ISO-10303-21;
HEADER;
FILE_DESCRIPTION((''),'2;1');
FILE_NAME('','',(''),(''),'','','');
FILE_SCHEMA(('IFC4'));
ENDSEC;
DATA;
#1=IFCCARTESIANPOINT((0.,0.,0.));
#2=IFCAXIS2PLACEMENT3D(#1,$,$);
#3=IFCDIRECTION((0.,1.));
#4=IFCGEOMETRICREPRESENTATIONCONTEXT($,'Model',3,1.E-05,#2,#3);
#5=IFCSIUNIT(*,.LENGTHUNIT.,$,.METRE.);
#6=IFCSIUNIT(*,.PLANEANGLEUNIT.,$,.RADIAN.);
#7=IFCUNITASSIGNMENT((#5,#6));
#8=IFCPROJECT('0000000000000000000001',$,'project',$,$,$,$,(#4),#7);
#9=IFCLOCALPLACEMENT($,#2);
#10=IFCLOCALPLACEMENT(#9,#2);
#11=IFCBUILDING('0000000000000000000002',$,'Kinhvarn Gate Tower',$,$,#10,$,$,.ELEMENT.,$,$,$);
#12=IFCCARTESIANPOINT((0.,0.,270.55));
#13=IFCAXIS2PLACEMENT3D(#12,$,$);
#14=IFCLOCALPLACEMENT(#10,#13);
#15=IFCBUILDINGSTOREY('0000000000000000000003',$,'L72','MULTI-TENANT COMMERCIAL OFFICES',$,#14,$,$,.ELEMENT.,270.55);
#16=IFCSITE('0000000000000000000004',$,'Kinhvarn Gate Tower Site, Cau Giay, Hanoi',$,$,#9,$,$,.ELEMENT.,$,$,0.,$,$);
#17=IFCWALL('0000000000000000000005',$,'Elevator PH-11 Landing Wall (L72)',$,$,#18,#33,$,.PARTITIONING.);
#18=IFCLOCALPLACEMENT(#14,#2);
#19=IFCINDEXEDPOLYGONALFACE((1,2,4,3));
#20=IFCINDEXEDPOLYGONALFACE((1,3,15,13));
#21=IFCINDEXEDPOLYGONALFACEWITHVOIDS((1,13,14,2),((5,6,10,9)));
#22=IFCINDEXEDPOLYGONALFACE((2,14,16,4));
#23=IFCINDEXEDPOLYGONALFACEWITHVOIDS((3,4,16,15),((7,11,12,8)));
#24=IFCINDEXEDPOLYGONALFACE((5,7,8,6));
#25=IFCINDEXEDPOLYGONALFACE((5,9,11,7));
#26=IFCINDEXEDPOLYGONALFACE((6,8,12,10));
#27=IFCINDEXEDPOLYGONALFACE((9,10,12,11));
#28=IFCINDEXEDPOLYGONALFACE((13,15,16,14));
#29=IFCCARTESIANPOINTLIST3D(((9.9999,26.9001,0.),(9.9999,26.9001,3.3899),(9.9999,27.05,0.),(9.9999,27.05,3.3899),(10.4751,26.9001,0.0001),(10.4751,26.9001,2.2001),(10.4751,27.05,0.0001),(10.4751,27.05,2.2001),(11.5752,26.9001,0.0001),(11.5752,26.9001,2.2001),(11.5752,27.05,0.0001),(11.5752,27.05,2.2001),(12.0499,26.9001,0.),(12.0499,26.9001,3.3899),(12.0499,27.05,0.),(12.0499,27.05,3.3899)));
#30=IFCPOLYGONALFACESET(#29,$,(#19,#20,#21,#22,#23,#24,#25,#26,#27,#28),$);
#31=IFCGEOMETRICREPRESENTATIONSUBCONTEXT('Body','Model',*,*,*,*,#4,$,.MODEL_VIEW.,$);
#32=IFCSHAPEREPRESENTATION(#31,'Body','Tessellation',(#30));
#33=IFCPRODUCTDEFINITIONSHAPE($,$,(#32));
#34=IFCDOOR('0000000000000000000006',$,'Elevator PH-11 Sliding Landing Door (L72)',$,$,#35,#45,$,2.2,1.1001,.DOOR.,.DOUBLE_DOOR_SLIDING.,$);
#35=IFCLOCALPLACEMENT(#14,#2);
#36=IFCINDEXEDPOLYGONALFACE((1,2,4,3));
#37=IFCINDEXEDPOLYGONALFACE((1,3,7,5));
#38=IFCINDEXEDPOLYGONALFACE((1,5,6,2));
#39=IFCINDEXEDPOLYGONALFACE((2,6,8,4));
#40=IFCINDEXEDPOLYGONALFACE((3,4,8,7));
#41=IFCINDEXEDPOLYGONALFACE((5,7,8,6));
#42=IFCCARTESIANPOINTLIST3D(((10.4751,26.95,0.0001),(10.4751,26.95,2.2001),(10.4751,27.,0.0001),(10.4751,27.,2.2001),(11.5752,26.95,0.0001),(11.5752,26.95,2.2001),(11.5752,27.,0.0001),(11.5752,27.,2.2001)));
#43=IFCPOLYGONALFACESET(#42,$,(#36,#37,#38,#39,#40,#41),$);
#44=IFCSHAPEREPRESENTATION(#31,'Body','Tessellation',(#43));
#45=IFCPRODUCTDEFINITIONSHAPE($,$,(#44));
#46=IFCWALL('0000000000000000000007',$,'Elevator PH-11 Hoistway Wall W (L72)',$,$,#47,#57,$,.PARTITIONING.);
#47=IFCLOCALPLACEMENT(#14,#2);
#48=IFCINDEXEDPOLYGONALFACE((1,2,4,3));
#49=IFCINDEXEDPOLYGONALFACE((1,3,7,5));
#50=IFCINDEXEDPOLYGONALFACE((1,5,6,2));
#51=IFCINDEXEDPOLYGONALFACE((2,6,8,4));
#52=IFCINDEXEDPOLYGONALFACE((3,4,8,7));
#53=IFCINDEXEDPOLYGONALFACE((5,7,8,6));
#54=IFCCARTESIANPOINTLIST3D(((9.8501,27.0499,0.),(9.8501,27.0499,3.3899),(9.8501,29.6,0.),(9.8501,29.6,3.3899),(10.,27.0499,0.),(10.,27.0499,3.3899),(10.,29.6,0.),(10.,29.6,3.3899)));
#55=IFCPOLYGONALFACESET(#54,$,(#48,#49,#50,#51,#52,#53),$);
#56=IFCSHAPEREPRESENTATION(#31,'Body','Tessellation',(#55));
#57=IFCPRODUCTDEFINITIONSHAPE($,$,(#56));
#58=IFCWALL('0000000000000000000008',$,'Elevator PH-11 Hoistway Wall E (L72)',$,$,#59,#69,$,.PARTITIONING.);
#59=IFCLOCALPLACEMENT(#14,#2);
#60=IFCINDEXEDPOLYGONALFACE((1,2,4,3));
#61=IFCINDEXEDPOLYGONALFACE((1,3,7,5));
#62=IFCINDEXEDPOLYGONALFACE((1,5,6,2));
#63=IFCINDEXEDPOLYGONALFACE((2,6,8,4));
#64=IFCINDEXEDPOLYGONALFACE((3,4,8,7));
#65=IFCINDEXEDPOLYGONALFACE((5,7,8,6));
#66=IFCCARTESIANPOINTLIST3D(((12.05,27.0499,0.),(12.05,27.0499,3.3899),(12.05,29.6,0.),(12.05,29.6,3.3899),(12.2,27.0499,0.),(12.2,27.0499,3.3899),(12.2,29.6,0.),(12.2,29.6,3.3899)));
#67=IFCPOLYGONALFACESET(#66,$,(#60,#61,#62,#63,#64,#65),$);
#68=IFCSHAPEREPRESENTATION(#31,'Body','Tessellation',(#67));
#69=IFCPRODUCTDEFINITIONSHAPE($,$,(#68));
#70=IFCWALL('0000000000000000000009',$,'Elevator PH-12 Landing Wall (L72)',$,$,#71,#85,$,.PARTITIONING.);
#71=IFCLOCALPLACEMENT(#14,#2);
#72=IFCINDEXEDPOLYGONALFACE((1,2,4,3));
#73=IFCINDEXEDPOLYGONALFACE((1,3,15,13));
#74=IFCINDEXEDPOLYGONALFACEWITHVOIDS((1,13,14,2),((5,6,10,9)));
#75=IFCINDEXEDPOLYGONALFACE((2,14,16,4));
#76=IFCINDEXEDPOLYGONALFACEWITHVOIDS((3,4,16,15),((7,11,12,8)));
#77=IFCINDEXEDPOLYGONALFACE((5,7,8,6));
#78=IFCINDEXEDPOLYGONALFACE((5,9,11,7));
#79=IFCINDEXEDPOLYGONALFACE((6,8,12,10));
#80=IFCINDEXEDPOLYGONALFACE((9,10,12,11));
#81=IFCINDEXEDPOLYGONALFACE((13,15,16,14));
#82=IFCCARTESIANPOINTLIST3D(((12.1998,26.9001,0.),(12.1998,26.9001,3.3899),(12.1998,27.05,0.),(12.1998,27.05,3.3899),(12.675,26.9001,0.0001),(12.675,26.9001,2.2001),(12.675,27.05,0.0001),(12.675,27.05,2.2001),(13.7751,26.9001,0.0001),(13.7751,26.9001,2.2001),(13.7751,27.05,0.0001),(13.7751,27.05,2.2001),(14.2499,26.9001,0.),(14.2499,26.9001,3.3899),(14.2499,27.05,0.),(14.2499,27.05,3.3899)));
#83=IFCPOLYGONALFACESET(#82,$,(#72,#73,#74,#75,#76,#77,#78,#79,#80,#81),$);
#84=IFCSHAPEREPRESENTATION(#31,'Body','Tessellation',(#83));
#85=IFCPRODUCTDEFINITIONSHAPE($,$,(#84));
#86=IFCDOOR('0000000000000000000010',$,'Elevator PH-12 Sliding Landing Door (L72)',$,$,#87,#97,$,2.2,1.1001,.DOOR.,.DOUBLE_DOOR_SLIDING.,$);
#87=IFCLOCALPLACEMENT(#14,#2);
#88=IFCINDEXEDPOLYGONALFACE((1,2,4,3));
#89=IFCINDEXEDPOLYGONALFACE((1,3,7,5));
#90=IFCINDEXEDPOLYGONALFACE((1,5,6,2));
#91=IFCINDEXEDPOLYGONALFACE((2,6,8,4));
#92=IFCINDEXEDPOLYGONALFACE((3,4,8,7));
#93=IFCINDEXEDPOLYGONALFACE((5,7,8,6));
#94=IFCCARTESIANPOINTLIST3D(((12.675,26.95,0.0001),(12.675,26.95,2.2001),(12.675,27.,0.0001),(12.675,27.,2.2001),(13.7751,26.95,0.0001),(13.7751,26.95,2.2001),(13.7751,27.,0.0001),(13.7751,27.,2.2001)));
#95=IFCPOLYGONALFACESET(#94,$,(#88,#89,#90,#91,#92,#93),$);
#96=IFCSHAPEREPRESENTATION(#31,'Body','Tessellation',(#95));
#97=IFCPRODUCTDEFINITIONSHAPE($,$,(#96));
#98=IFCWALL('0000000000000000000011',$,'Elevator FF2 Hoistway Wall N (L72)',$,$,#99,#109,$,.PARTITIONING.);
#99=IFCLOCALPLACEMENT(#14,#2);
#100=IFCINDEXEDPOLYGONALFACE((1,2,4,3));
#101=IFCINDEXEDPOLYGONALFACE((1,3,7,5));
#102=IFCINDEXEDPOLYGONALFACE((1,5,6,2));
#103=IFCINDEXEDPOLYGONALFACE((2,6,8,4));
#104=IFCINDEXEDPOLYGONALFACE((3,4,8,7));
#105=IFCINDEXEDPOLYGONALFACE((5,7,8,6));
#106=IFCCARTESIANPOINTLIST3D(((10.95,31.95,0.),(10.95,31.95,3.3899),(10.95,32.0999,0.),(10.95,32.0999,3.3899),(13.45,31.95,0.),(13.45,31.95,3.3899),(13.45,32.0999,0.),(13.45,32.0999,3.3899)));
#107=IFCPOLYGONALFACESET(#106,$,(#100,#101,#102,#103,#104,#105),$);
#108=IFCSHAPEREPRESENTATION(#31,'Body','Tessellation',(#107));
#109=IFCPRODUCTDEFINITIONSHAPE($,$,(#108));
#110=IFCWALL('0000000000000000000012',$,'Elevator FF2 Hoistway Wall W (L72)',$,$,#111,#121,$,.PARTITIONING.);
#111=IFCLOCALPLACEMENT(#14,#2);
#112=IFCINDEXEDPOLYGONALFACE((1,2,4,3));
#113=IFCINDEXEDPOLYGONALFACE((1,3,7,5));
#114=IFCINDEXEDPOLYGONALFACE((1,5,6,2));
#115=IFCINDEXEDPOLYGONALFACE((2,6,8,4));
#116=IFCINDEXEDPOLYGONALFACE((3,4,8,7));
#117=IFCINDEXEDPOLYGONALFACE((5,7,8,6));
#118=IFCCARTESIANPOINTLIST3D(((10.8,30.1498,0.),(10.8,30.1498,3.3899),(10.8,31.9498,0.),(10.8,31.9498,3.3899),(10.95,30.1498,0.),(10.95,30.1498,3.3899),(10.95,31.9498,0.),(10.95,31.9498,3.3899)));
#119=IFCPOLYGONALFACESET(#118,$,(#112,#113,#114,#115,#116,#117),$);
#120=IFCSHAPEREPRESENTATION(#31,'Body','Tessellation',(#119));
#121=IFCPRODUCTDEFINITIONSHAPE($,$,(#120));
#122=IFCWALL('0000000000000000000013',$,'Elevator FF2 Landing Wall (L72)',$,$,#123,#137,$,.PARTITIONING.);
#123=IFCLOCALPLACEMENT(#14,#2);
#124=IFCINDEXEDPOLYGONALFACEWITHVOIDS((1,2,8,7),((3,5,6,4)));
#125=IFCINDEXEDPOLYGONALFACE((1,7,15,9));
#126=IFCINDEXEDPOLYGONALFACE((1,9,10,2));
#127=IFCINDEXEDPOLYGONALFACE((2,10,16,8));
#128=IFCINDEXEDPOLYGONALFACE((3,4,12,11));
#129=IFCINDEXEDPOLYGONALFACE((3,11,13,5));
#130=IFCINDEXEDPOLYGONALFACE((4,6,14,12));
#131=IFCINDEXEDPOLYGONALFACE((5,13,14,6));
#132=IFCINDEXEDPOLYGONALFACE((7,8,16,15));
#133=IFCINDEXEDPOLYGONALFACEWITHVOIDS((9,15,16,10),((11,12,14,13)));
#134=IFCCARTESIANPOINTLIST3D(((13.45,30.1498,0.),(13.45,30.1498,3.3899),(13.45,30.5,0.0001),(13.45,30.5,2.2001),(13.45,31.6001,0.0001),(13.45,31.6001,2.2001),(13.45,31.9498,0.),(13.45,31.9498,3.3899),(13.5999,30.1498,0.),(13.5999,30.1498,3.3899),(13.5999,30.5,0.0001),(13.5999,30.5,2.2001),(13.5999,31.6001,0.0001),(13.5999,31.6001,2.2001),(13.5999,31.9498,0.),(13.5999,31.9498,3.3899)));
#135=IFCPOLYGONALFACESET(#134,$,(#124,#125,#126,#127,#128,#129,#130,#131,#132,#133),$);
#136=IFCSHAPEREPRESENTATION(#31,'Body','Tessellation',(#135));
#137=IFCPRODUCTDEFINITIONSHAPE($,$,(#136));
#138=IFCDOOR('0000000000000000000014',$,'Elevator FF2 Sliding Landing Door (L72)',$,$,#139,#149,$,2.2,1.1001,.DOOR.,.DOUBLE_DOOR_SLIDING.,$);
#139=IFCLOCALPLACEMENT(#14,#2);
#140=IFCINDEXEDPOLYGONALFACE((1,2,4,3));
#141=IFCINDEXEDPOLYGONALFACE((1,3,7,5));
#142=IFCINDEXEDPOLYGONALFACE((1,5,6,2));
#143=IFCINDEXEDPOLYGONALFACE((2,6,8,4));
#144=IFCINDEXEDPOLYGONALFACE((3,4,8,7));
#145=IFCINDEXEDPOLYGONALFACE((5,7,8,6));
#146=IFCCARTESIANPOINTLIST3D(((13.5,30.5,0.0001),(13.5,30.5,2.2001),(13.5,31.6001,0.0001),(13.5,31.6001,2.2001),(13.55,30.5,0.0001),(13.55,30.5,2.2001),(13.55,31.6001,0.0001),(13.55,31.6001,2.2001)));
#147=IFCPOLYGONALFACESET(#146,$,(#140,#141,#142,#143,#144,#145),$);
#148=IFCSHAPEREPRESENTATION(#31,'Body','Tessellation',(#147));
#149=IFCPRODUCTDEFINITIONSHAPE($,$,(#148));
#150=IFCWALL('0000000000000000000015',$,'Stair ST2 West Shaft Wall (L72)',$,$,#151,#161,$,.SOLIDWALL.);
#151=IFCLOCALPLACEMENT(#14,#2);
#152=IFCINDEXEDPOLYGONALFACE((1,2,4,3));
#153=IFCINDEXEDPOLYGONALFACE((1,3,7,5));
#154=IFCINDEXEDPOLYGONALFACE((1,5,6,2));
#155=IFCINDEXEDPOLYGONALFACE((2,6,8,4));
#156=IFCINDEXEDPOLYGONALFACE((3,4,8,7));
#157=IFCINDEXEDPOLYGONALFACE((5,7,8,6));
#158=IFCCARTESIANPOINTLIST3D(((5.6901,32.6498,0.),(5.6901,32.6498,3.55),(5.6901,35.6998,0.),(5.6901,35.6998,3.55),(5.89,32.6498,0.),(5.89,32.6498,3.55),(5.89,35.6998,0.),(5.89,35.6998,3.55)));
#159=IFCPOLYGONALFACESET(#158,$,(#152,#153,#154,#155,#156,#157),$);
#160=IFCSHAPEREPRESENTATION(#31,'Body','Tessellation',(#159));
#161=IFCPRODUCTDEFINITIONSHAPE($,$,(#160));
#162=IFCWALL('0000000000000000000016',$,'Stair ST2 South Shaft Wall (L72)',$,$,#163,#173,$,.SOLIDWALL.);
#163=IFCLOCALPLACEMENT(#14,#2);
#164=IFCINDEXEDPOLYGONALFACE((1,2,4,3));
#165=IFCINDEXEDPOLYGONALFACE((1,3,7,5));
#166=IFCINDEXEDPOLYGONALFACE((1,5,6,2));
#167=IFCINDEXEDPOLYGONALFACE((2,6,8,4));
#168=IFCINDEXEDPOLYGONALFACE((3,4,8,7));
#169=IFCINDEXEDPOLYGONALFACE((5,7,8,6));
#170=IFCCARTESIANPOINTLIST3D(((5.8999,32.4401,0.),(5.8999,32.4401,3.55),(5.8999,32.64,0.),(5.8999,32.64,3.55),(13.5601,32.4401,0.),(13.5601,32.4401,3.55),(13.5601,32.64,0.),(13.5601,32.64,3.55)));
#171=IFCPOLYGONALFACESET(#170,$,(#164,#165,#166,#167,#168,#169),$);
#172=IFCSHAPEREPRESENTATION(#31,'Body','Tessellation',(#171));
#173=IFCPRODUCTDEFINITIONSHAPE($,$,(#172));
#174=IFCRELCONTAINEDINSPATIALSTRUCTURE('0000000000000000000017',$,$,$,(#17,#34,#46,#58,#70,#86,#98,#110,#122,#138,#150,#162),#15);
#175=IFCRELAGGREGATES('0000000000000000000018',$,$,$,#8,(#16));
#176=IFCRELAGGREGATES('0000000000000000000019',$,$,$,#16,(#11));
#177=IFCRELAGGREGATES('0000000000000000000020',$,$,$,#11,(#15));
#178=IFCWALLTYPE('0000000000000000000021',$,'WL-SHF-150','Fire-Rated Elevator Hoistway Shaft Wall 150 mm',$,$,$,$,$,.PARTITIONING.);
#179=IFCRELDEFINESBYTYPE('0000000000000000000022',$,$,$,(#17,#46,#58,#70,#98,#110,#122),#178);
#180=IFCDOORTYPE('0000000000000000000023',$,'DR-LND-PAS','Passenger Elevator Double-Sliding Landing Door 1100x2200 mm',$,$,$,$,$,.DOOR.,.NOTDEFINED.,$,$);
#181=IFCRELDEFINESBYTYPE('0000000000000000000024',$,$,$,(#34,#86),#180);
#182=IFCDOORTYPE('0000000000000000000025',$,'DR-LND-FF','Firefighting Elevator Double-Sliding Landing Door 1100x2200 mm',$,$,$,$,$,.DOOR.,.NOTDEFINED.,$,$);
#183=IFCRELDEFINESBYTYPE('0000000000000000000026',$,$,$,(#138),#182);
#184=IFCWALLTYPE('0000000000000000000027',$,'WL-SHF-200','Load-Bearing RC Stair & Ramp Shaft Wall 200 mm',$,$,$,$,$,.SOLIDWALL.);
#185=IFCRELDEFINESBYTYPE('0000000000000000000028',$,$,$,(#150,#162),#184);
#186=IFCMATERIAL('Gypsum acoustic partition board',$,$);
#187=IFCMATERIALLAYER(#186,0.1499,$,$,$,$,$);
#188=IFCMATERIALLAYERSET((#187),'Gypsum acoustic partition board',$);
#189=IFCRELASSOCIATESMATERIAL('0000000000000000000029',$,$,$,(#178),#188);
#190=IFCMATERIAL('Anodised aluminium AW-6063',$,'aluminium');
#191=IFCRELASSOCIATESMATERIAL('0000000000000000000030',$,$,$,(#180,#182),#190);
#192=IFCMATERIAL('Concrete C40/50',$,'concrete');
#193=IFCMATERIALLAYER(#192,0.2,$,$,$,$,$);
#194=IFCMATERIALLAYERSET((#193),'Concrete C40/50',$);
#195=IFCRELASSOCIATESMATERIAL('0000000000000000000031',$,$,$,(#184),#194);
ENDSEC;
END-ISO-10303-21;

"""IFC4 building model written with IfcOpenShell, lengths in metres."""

from ifc_helpers import new_model, si_unit, direction, frame, frame_2d, origin, place, context, subcontext, project, spatial, rectangle, extrude, material, layer, layer_set, type_object, element, fill, save


model = new_model("IFC4")

# Units and contexts
model_context = context("Model", 3, precision=1e-05, world=origin(), true_north=direction((0.0, 1.0)))
body_context = subcontext(model_context, "Body", "Model", "MODEL_VIEW")
ifc_project = project(units=[si_unit("LENGTHUNIT", "METRE"), si_unit("PLANEANGLEUNIT", "RADIAN")], contexts=[model_context])

# Site, building, storey
site_placement = place(None, origin())
site = spatial("IfcSite", under=ifc_project, at=site_placement, Name="Kinhvarn Gate Tower Site, Cau Giay, Hanoi", CompositionType="ELEMENT", RefElevation=0.0)
building_placement = place(site_placement, origin())
building = spatial("IfcBuilding", under=site, at=building_placement, Name="Kinhvarn Gate Tower", CompositionType="ELEMENT")
storey_placement = place(building_placement, frame((0.0, 0.0, 270.55)))
storey = spatial("IfcBuildingStorey", under=building, at=storey_placement, Name="L72", Description="MULTI-TENANT COMMERCIAL OFFICES", CompositionType="ELEMENT", Elevation=270.55)

# Shared definitions
ifc_material_1 = material(Name="Gypsum acoustic partition board")

# Shared definitions
ifc_material_2 = material(Name="Anodised aluminium AW-6063", Category="aluminium")

# Wall, opening, door
ifc_layer_1 = layer(ifc_material_1, 0.1499)
ifc_layer_set_1 = layer_set([ifc_layer_1], Name="Gypsum acoustic partition board")
wall_type_1 = type_object("IfcWallType", Name="WL-SHF-150", Description="Fire-Rated Elevator Hoistway Shaft Wall 150 mm", PredefinedType="PARTITIONING", material=ifc_layer_set_1)
door_type_1 = type_object("IfcDoorType", Name="DR-LND-PAS", Description="Passenger Elevator Double-Sliding Landing Door 1100x2200 mm", OperationType="NOTDEFINED", PredefinedType="DOOR", material=ifc_material_2)
wall_1_placement = place(storey_placement, frame((10.0, 26.9751, 0.0), z_axis=(0.0, 0.0, 1.0), x_axis=(1.0, 0.0, 0.0)))
wall_1 = element("IfcWall", 1, at=wall_1_placement, inside=storey, type_object=wall_type_1, Name="Elevator PH-11 Landing Wall (L72)", PredefinedType="PARTITIONING", context=body_context, shape_type="SweptSolid", body=[
    extrude(rectangle(XDim=2.05, YDim=0.1499, at=frame_2d((1.0249, 0.0))), origin(), (0.0, 0.0, 1.0), 3.3899),
])
opening_1_placement = place(wall_1_placement, frame((0.4751, 0.0, 0.0)))
opening_1 = element("IfcOpeningElement", 2, at=opening_1_placement, cuts=wall_1, PredefinedType="OPENING", context=body_context, shape_type="SweptSolid", body=[
    extrude(rectangle(XDim=1.1001, YDim=2.2, at=frame_2d((0.55, 1.1001))), frame((0.0, 0.085, 0.0), z_axis=(0.0, -1.0, 0.0), x_axis=(1.0, 0.0, 0.0)), (0.0, 0.0, 1.0), 0.1699),
])
door_1_placement = place(opening_1_placement, origin())
door_1 = element("IfcDoor", 3, at=door_1_placement, inside=storey, type_object=door_type_1, Name="Elevator PH-11 Sliding Landing Door (L72)", OperationType="DOUBLE_DOOR_SLIDING", OverallHeight=2.2, OverallWidth=1.1001, PredefinedType="DOOR", context=body_context, shape_type="SweptSolid", body=[
    extrude(rectangle(XDim=1.1001, YDim=2.2, at=frame_2d((0.55, 1.1001))), frame((0.0, 0.0249, 0.0), z_axis=(0.0, -1.0, 0.0), x_axis=(1.0, 0.0, 0.0)), (0.0, 0.0, 1.0), 0.05),
])
fill(opening_1, door_1)

# Walls
for number, where, z_axis, x_axis, name in (
    (4, (9.925, 27.05, 0.0), (0.0, 0.0, 1.0), (0.0, 1.0, 0.0), "Elevator PH-11 Hoistway Wall W (L72)"),
    (5, (12.125, 27.05, 0.0), (0.0, 0.0, 1.0), (0.0, 1.0, 0.0), "Elevator PH-11 Hoistway Wall E (L72)"),
):
    element("IfcWall", number, at=place(storey_placement, frame(where, z_axis=z_axis, x_axis=x_axis)), inside=storey, type_object=wall_type_1, Name=name, PredefinedType="PARTITIONING", context=body_context, shape_type="SweptSolid", body=[
        extrude(rectangle(XDim=2.55, YDim=0.1499, at=frame_2d((1.2749, 0.0))), origin(), (0.0, 0.0, 1.0), 3.3899),
    ])

# Wall, opening, door
wall_2_placement = place(storey_placement, frame((12.2, 26.9751, 0.0), z_axis=(0.0, 0.0, 1.0), x_axis=(1.0, 0.0, 0.0)))
wall_2 = element("IfcWall", 6, at=wall_2_placement, inside=storey, type_object=wall_type_1, Name="Elevator PH-12 Landing Wall (L72)", PredefinedType="PARTITIONING", context=body_context, shape_type="SweptSolid", body=[
    extrude(rectangle(XDim=2.05, YDim=0.1499, at=frame_2d((1.0249, 0.0))), origin(), (0.0, 0.0, 1.0), 3.3899),
])
opening_2_placement = place(wall_2_placement, frame((0.4751, 0.0, 0.0)))
opening_2 = element("IfcOpeningElement", 7, at=opening_2_placement, cuts=wall_2, PredefinedType="OPENING", context=body_context, shape_type="SweptSolid", body=[
    extrude(rectangle(XDim=1.1001, YDim=2.2, at=frame_2d((0.55, 1.1001))), frame((0.0, 0.085, 0.0), z_axis=(0.0, -1.0, 0.0), x_axis=(1.0, 0.0, 0.0)), (0.0, 0.0, 1.0), 0.1699),
])
door_2_placement = place(opening_2_placement, origin())
door_2 = element("IfcDoor", 8, at=door_2_placement, inside=storey, type_object=door_type_1, Name="Elevator PH-12 Sliding Landing Door (L72)", OperationType="DOUBLE_DOOR_SLIDING", OverallHeight=2.2, OverallWidth=1.1001, PredefinedType="DOOR", context=body_context, shape_type="SweptSolid", body=[
    extrude(rectangle(XDim=1.1001, YDim=2.2, at=frame_2d((0.55, 1.1001))), frame((0.0, 0.0249, 0.0), z_axis=(0.0, -1.0, 0.0), x_axis=(1.0, 0.0, 0.0)), (0.0, 0.0, 1.0), 0.05),
])
fill(opening_2, door_2)

# Walls
wall_3_placement = place(storey_placement, frame((10.95, 32.0249, 0.0), z_axis=(0.0, 0.0, 1.0), x_axis=(1.0, 0.0, 0.0)))
element("IfcWall", 9, at=wall_3_placement, inside=storey, type_object=wall_type_1, Name="Elevator FF2 Hoistway Wall N (L72)", PredefinedType="PARTITIONING", context=body_context, shape_type="SweptSolid", body=[
    extrude(rectangle(XDim=2.5, YDim=0.1499, at=frame_2d((1.25, 0.0))), origin(), (0.0, 0.0, 1.0), 3.3899),
])
wall_4_placement = place(storey_placement, frame((10.875, 30.1499, 0.0), z_axis=(0.0, 0.0, 1.0), x_axis=(0.0, 1.0, 0.0)))
element("IfcWall", 10, at=wall_4_placement, inside=storey, type_object=wall_type_1, Name="Elevator FF2 Hoistway Wall W (L72)", PredefinedType="PARTITIONING", context=body_context, shape_type="SweptSolid", body=[
    extrude(rectangle(XDim=1.8, YDim=0.1499, at=frame_2d((0.8999, 0.0))), origin(), (0.0, 0.0, 1.0), 3.3899),
])

# Wall, opening, door
wall_5_placement = place(storey_placement, frame((13.5249, 30.1499, 0.0), z_axis=(0.0, 0.0, 1.0), x_axis=(0.0, 1.0, 0.0)))
wall_5 = element("IfcWall", 11, at=wall_5_placement, inside=storey, type_object=wall_type_1, Name="Elevator FF2 Landing Wall (L72)", PredefinedType="PARTITIONING", context=body_context, shape_type="SweptSolid", body=[
    extrude(rectangle(XDim=1.8, YDim=0.1499, at=frame_2d((0.8999, 0.0))), origin(), (0.0, 0.0, 1.0), 3.3899),
])
opening_3_placement = place(wall_5_placement, frame((0.3501, 0.0, 0.0)))
opening_3 = element("IfcOpeningElement", 12, at=opening_3_placement, cuts=wall_5, PredefinedType="OPENING", context=body_context, shape_type="SweptSolid", body=[
    extrude(rectangle(XDim=1.1001, YDim=2.2, at=frame_2d((0.55, 1.1001))), frame((0.0, 0.085, 0.0), z_axis=(0.0, -1.0, 0.0), x_axis=(1.0, 0.0, 0.0)), (0.0, 0.0, 1.0), 0.1699),
])
door_type_2 = type_object("IfcDoorType", Name="DR-LND-FF", Description="Firefighting Elevator Double-Sliding Landing Door 1100x2200 mm", OperationType="NOTDEFINED", PredefinedType="DOOR", material=ifc_material_2)
door_3_placement = place(opening_3_placement, origin())
door_3 = element("IfcDoor", 13, at=door_3_placement, inside=storey, type_object=door_type_2, Name="Elevator FF2 Sliding Landing Door (L72)", OperationType="DOUBLE_DOOR_SLIDING", OverallHeight=2.2, OverallWidth=1.1001, PredefinedType="DOOR", context=body_context, shape_type="SweptSolid", body=[
    extrude(rectangle(XDim=1.1001, YDim=2.2, at=frame_2d((0.55, 1.1001))), frame((0.0, 0.0249, 0.0), z_axis=(0.0, -1.0, 0.0), x_axis=(1.0, 0.0, 0.0)), (0.0, 0.0, 1.0), 0.05),
])
fill(opening_3, door_3)

# Walls
ifc_material_3 = material(Name="Concrete C40/50", Category="concrete")
ifc_layer_2 = layer(ifc_material_3, 0.2)
ifc_layer_set_2 = layer_set([ifc_layer_2], Name="Concrete C40/50")
wall_type_2 = type_object("IfcWallType", Name="WL-SHF-200", Description="Load-Bearing RC Stair & Ramp Shaft Wall 200 mm", PredefinedType="SOLIDWALL", material=ifc_layer_set_2)
wall_6_placement = place(storey_placement, frame((5.79, 32.6499, 0.0), z_axis=(0.0, 0.0, 1.0), x_axis=(0.0, 1.0, 0.0)))
element("IfcWall", 14, at=wall_6_placement, inside=storey, type_object=wall_type_2, Name="Stair ST2 West Shaft Wall (L72)", PredefinedType="SOLIDWALL", context=body_context, shape_type="SweptSolid", body=[
    extrude(rectangle(XDim=3.05, YDim=0.2, at=frame_2d((1.5249, 0.0))), origin(), (0.0, 0.0, 1.0), 3.55),
])
wall_7_placement = place(storey_placement, frame((5.8999, 32.54, 0.0), z_axis=(0.0, 0.0, 1.0), x_axis=(1.0, 0.0, 0.0)))
element("IfcWall", 15, at=wall_7_placement, inside=storey, type_object=wall_type_2, Name="Stair ST2 South Shaft Wall (L72)", PredefinedType="SOLIDWALL", context=body_context, shape_type="SweptSolid", body=[
    extrude(rectangle(XDim=7.6602, YDim=0.2, at=frame_2d((3.8301, 0.0))), origin(), (0.0, 0.0, 1.0), 3.55),
])

save(model, "model.ifc")
